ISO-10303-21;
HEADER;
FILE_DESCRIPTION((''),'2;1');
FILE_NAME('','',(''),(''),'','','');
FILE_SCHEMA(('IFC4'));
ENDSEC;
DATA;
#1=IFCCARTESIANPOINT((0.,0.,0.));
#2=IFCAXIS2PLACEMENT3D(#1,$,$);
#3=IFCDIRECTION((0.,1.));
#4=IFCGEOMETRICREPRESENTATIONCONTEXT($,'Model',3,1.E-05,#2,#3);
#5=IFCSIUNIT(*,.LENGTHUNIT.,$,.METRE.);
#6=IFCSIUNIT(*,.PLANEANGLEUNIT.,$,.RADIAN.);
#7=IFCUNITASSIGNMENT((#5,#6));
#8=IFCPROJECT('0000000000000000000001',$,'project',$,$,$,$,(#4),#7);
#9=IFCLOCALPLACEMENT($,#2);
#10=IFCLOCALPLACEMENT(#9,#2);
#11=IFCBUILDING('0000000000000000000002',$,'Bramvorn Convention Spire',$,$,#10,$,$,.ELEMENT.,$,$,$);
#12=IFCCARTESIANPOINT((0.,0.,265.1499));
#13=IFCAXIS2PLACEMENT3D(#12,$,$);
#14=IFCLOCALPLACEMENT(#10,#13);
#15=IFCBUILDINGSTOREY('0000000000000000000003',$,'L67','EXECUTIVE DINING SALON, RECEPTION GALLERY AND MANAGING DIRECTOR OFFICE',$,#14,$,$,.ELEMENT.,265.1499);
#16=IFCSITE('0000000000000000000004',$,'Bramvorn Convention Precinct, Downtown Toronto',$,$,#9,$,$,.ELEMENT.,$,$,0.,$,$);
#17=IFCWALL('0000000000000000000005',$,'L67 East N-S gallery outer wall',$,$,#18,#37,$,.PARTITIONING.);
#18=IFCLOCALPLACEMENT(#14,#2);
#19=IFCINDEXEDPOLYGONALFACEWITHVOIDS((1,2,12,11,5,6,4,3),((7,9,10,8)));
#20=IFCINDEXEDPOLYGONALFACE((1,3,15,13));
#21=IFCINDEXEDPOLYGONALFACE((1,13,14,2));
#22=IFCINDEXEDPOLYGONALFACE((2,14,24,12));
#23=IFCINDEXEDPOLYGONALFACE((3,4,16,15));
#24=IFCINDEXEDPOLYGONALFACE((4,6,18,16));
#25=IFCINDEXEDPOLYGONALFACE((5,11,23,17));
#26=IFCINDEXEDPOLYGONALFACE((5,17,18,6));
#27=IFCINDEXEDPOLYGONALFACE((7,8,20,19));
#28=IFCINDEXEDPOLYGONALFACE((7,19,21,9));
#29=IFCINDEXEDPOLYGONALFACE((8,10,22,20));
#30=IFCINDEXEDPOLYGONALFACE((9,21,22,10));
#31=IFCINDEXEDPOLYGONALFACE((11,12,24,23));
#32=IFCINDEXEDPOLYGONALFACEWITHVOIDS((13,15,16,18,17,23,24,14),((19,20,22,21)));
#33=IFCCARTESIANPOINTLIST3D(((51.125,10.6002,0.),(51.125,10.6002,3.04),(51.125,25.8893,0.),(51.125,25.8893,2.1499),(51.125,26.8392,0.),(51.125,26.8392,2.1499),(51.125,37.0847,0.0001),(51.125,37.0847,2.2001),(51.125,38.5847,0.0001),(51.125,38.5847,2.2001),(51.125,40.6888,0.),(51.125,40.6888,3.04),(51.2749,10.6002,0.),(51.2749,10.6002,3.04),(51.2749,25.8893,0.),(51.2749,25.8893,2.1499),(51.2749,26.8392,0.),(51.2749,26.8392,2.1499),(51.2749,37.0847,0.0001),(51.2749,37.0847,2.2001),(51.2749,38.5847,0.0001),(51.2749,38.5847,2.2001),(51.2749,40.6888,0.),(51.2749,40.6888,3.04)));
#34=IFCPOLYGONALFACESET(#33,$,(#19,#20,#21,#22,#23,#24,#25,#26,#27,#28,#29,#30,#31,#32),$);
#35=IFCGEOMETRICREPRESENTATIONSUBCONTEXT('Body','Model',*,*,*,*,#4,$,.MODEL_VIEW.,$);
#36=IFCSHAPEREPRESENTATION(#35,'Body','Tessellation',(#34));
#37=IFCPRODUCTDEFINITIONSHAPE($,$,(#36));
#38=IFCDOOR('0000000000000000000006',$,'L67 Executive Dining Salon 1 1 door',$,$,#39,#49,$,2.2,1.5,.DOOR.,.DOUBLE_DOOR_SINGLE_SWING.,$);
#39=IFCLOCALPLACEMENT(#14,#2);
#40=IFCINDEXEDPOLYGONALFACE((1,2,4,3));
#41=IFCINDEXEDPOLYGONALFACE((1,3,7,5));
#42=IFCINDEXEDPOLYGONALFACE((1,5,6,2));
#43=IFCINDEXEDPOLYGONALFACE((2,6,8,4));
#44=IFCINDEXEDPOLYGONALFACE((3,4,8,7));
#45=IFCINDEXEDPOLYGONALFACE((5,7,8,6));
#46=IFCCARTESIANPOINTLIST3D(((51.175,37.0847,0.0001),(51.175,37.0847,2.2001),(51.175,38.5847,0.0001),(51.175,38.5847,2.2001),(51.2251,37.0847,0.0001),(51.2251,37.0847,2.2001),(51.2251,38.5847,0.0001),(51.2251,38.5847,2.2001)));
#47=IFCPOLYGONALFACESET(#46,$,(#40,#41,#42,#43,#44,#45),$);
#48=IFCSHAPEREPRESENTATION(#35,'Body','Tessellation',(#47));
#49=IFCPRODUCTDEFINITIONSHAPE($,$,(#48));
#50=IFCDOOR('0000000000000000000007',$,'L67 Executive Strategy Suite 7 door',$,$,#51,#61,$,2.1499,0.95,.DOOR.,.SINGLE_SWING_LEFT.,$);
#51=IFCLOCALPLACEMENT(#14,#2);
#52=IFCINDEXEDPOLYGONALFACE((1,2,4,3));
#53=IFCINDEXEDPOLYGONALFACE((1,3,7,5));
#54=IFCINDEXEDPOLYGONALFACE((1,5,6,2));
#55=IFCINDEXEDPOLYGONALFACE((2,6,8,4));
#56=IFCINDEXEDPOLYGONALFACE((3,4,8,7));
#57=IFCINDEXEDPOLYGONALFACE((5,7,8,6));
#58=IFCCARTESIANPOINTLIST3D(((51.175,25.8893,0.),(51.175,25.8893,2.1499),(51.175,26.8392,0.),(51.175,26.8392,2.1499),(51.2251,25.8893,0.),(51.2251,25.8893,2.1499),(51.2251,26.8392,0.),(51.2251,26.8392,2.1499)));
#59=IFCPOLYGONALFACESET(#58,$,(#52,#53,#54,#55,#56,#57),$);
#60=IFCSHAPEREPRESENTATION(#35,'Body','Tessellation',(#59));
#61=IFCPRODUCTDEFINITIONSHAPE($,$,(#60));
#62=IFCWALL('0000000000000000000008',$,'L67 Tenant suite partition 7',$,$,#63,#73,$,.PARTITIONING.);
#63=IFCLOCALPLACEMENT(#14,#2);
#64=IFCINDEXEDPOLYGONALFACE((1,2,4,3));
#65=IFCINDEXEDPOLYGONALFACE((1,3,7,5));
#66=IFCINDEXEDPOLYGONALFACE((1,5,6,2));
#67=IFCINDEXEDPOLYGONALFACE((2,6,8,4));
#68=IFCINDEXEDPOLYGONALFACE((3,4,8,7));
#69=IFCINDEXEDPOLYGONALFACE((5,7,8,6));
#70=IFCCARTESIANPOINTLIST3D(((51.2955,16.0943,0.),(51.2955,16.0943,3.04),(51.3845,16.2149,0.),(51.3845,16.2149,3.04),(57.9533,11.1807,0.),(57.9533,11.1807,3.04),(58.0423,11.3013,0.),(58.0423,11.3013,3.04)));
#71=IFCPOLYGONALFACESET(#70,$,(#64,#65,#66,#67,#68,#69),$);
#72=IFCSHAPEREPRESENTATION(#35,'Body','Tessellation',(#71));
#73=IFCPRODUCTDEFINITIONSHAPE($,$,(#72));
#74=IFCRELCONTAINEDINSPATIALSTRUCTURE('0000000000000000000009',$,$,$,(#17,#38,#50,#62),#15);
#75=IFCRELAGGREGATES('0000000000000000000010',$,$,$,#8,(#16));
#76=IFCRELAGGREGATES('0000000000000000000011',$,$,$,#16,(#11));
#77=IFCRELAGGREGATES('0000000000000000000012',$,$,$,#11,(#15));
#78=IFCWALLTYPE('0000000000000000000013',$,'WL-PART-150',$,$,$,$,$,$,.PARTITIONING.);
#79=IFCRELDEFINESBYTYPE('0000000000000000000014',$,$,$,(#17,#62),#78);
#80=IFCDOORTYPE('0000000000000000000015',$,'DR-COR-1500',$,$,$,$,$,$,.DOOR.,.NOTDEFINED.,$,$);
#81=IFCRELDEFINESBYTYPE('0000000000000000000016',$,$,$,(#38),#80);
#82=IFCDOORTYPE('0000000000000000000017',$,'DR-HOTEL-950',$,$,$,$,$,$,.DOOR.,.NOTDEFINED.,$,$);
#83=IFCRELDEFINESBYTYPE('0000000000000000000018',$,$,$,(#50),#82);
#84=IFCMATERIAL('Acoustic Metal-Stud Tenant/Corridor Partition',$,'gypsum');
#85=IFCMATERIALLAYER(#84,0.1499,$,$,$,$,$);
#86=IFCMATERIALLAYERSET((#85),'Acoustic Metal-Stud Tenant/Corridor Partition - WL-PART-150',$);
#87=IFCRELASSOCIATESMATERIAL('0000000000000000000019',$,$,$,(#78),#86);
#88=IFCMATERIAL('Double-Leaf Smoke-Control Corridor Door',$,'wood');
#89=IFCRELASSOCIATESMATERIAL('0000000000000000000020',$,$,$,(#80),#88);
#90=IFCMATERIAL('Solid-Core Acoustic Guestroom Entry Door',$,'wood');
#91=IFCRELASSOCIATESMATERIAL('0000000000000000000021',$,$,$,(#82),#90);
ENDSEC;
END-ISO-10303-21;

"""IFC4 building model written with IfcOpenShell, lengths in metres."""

from ifc_helpers import new_model, si_unit, direction, frame, frame_2d, origin, place, context, subcontext, project, spatial, rectangle, extrude, material, layer, layer_set, type_object, element, fill, save


model = new_model("IFC4")

# Units and contexts
model_context = context("Model", 3, precision=1e-05, world=origin(), true_north=direction((0.0, 1.0)))
body_context = subcontext(model_context, "Body", "Model", "MODEL_VIEW")
ifc_project = project(units=[si_unit("LENGTHUNIT", "METRE"), si_unit("PLANEANGLEUNIT", "RADIAN")], contexts=[model_context])

# Site, building, storey
site_placement = place(None, origin())
site = spatial("IfcSite", under=ifc_project, at=site_placement, Name="Bramvorn Convention Precinct, Downtown Toronto", CompositionType="ELEMENT", RefElevation=0.0)
building_placement = place(site_placement, origin())
building = spatial("IfcBuilding", under=site, at=building_placement, Name="Bramvorn Convention Spire", CompositionType="ELEMENT")
storey_placement = place(building_placement, frame((0.0, 0.0, 265.1499)))
storey = spatial("IfcBuildingStorey", under=building, at=storey_placement, Name="L67", Description="EXECUTIVE DINING SALON, RECEPTION GALLERY AND MANAGING DIRECTOR OFFICE", CompositionType="ELEMENT", Elevation=265.1499)

# Wall, openings, doors
ifc_material_1 = material(Name="Acoustic Metal-Stud Tenant/Corridor Partition", Category="gypsum")
ifc_layer_1 = layer(ifc_material_1, 0.1499)
ifc_layer_set_1 = layer_set([ifc_layer_1], Name="Acoustic Metal-Stud Tenant/Corridor Partition - WL-PART-150")
wall_type_1 = type_object("IfcWallType", Name="WL-PART-150", PredefinedType="PARTITIONING", material=ifc_layer_set_1)
wall_1_placement = place(storey_placement, frame((51.2, 10.6001, 0.0), z_axis=(0.0, 0.0, 1.0), x_axis=(0.0, 1.0, 0.0)))
wall_1 = element("IfcWall", 1, at=wall_1_placement, inside=storey, type_object=wall_type_1, Name="L67 East N-S gallery outer wall", PredefinedType="PARTITIONING", context=body_context, shape_type="SweptSolid", body=[
    extrude(rectangle(XDim=30.0886, YDim=0.1499, at=frame_2d((15.0444, 0.0))), origin(), (0.0, 0.0, 1.0), 3.04),
])
opening_1_placement = place(wall_1_placement, frame((26.4846, 0.0, 0.0)))
opening_1 = element("IfcOpeningElement", 2, at=opening_1_placement, cuts=wall_1, PredefinedType="OPENING", context=body_context, shape_type="SweptSolid", body=[
    extrude(rectangle(XDim=1.5, YDim=2.2, at=frame_2d((0.75, 1.1001))), frame((0.0, 0.085, 0.0), z_axis=(0.0, -1.0, 0.0), x_axis=(1.0, 0.0, 0.0)), (0.0, 0.0, 1.0), 0.1699),
])
opening_2_placement = place(wall_1_placement, frame((15.2891, 0.0, 0.0)))
opening_2 = element("IfcOpeningElement", 3, at=opening_2_placement, cuts=wall_1, PredefinedType="OPENING", context=body_context, shape_type="SweptSolid", body=[
    extrude(rectangle(XDim=0.95, YDim=2.1499, at=frame_2d((0.4751, 1.075))), frame((0.0, 0.085, 0.0), z_axis=(0.0, -1.0, 0.0), x_axis=(1.0, 0.0, 0.0)), (0.0, 0.0, 1.0), 0.1699),
])
ifc_material_2 = material(Name="Double-Leaf Smoke-Control Corridor Door", Category="wood")
door_type_1 = type_object("IfcDoorType", Name="DR-COR-1500", OperationType="NOTDEFINED", PredefinedType="DOOR", material=ifc_material_2)
door_1_placement = place(opening_1_placement, origin())
door_1 = element("IfcDoor", 4, at=door_1_placement, inside=storey, type_object=door_type_1, Name="L67 Executive Dining Salon 1 1 door", OperationType="DOUBLE_DOOR_SINGLE_SWING", OverallHeight=2.2, OverallWidth=1.5, PredefinedType="DOOR", context=body_context, shape_type="SweptSolid", body=[
    extrude(rectangle(XDim=1.5, YDim=2.2, at=frame_2d((0.75, 1.1001))), frame((0.0, 0.0249, 0.0), z_axis=(0.0, -1.0, 0.0), x_axis=(1.0, 0.0, 0.0)), (0.0, 0.0, 1.0), 0.05),
])
fill(opening_1, door_1)
ifc_material_3 = material(Name="Solid-Core Acoustic Guestroom Entry Door", Category="wood")
door_type_2 = type_object("IfcDoorType", Name="DR-HOTEL-950", OperationType="NOTDEFINED", PredefinedType="DOOR", material=ifc_material_3)
door_2_placement = place(opening_2_placement, origin())
door_2 = element("IfcDoor", 5, at=door_2_placement, inside=storey, type_object=door_type_2, Name="L67 Executive Strategy Suite 7 door", OperationType="SINGLE_SWING_LEFT", OverallHeight=2.1499, OverallWidth=0.95, PredefinedType="DOOR", context=body_context, shape_type="SweptSolid", body=[
    extrude(rectangle(XDim=0.95, YDim=2.1499, at=frame_2d((0.4751, 1.075))), frame((0.0, 0.0249, 0.0), z_axis=(0.0, -1.0, 0.0), x_axis=(1.0, 0.0, 0.0)), (0.0, 0.0, 1.0), 0.05),
])
fill(opening_2, door_2)

# Wall
wall_2_placement = place(storey_placement, frame((51.3401, 16.1545, 0.0), z_axis=(0.0, 0.0, 1.0), x_axis=(0.8046, -0.593817, 0.0)))
element("IfcWall", 6, at=wall_2_placement, inside=storey, type_object=wall_type_1, Name="L67 Tenant suite partition 7", PredefinedType="PARTITIONING", context=body_context, shape_type="SweptSolid", body=[
    extrude(rectangle(XDim=8.2747, YDim=0.1499, at=frame_2d((4.1372, 0.0))), origin(), (0.0, 0.0, 1.0), 3.04),
])

save(model, "model.ifc")
